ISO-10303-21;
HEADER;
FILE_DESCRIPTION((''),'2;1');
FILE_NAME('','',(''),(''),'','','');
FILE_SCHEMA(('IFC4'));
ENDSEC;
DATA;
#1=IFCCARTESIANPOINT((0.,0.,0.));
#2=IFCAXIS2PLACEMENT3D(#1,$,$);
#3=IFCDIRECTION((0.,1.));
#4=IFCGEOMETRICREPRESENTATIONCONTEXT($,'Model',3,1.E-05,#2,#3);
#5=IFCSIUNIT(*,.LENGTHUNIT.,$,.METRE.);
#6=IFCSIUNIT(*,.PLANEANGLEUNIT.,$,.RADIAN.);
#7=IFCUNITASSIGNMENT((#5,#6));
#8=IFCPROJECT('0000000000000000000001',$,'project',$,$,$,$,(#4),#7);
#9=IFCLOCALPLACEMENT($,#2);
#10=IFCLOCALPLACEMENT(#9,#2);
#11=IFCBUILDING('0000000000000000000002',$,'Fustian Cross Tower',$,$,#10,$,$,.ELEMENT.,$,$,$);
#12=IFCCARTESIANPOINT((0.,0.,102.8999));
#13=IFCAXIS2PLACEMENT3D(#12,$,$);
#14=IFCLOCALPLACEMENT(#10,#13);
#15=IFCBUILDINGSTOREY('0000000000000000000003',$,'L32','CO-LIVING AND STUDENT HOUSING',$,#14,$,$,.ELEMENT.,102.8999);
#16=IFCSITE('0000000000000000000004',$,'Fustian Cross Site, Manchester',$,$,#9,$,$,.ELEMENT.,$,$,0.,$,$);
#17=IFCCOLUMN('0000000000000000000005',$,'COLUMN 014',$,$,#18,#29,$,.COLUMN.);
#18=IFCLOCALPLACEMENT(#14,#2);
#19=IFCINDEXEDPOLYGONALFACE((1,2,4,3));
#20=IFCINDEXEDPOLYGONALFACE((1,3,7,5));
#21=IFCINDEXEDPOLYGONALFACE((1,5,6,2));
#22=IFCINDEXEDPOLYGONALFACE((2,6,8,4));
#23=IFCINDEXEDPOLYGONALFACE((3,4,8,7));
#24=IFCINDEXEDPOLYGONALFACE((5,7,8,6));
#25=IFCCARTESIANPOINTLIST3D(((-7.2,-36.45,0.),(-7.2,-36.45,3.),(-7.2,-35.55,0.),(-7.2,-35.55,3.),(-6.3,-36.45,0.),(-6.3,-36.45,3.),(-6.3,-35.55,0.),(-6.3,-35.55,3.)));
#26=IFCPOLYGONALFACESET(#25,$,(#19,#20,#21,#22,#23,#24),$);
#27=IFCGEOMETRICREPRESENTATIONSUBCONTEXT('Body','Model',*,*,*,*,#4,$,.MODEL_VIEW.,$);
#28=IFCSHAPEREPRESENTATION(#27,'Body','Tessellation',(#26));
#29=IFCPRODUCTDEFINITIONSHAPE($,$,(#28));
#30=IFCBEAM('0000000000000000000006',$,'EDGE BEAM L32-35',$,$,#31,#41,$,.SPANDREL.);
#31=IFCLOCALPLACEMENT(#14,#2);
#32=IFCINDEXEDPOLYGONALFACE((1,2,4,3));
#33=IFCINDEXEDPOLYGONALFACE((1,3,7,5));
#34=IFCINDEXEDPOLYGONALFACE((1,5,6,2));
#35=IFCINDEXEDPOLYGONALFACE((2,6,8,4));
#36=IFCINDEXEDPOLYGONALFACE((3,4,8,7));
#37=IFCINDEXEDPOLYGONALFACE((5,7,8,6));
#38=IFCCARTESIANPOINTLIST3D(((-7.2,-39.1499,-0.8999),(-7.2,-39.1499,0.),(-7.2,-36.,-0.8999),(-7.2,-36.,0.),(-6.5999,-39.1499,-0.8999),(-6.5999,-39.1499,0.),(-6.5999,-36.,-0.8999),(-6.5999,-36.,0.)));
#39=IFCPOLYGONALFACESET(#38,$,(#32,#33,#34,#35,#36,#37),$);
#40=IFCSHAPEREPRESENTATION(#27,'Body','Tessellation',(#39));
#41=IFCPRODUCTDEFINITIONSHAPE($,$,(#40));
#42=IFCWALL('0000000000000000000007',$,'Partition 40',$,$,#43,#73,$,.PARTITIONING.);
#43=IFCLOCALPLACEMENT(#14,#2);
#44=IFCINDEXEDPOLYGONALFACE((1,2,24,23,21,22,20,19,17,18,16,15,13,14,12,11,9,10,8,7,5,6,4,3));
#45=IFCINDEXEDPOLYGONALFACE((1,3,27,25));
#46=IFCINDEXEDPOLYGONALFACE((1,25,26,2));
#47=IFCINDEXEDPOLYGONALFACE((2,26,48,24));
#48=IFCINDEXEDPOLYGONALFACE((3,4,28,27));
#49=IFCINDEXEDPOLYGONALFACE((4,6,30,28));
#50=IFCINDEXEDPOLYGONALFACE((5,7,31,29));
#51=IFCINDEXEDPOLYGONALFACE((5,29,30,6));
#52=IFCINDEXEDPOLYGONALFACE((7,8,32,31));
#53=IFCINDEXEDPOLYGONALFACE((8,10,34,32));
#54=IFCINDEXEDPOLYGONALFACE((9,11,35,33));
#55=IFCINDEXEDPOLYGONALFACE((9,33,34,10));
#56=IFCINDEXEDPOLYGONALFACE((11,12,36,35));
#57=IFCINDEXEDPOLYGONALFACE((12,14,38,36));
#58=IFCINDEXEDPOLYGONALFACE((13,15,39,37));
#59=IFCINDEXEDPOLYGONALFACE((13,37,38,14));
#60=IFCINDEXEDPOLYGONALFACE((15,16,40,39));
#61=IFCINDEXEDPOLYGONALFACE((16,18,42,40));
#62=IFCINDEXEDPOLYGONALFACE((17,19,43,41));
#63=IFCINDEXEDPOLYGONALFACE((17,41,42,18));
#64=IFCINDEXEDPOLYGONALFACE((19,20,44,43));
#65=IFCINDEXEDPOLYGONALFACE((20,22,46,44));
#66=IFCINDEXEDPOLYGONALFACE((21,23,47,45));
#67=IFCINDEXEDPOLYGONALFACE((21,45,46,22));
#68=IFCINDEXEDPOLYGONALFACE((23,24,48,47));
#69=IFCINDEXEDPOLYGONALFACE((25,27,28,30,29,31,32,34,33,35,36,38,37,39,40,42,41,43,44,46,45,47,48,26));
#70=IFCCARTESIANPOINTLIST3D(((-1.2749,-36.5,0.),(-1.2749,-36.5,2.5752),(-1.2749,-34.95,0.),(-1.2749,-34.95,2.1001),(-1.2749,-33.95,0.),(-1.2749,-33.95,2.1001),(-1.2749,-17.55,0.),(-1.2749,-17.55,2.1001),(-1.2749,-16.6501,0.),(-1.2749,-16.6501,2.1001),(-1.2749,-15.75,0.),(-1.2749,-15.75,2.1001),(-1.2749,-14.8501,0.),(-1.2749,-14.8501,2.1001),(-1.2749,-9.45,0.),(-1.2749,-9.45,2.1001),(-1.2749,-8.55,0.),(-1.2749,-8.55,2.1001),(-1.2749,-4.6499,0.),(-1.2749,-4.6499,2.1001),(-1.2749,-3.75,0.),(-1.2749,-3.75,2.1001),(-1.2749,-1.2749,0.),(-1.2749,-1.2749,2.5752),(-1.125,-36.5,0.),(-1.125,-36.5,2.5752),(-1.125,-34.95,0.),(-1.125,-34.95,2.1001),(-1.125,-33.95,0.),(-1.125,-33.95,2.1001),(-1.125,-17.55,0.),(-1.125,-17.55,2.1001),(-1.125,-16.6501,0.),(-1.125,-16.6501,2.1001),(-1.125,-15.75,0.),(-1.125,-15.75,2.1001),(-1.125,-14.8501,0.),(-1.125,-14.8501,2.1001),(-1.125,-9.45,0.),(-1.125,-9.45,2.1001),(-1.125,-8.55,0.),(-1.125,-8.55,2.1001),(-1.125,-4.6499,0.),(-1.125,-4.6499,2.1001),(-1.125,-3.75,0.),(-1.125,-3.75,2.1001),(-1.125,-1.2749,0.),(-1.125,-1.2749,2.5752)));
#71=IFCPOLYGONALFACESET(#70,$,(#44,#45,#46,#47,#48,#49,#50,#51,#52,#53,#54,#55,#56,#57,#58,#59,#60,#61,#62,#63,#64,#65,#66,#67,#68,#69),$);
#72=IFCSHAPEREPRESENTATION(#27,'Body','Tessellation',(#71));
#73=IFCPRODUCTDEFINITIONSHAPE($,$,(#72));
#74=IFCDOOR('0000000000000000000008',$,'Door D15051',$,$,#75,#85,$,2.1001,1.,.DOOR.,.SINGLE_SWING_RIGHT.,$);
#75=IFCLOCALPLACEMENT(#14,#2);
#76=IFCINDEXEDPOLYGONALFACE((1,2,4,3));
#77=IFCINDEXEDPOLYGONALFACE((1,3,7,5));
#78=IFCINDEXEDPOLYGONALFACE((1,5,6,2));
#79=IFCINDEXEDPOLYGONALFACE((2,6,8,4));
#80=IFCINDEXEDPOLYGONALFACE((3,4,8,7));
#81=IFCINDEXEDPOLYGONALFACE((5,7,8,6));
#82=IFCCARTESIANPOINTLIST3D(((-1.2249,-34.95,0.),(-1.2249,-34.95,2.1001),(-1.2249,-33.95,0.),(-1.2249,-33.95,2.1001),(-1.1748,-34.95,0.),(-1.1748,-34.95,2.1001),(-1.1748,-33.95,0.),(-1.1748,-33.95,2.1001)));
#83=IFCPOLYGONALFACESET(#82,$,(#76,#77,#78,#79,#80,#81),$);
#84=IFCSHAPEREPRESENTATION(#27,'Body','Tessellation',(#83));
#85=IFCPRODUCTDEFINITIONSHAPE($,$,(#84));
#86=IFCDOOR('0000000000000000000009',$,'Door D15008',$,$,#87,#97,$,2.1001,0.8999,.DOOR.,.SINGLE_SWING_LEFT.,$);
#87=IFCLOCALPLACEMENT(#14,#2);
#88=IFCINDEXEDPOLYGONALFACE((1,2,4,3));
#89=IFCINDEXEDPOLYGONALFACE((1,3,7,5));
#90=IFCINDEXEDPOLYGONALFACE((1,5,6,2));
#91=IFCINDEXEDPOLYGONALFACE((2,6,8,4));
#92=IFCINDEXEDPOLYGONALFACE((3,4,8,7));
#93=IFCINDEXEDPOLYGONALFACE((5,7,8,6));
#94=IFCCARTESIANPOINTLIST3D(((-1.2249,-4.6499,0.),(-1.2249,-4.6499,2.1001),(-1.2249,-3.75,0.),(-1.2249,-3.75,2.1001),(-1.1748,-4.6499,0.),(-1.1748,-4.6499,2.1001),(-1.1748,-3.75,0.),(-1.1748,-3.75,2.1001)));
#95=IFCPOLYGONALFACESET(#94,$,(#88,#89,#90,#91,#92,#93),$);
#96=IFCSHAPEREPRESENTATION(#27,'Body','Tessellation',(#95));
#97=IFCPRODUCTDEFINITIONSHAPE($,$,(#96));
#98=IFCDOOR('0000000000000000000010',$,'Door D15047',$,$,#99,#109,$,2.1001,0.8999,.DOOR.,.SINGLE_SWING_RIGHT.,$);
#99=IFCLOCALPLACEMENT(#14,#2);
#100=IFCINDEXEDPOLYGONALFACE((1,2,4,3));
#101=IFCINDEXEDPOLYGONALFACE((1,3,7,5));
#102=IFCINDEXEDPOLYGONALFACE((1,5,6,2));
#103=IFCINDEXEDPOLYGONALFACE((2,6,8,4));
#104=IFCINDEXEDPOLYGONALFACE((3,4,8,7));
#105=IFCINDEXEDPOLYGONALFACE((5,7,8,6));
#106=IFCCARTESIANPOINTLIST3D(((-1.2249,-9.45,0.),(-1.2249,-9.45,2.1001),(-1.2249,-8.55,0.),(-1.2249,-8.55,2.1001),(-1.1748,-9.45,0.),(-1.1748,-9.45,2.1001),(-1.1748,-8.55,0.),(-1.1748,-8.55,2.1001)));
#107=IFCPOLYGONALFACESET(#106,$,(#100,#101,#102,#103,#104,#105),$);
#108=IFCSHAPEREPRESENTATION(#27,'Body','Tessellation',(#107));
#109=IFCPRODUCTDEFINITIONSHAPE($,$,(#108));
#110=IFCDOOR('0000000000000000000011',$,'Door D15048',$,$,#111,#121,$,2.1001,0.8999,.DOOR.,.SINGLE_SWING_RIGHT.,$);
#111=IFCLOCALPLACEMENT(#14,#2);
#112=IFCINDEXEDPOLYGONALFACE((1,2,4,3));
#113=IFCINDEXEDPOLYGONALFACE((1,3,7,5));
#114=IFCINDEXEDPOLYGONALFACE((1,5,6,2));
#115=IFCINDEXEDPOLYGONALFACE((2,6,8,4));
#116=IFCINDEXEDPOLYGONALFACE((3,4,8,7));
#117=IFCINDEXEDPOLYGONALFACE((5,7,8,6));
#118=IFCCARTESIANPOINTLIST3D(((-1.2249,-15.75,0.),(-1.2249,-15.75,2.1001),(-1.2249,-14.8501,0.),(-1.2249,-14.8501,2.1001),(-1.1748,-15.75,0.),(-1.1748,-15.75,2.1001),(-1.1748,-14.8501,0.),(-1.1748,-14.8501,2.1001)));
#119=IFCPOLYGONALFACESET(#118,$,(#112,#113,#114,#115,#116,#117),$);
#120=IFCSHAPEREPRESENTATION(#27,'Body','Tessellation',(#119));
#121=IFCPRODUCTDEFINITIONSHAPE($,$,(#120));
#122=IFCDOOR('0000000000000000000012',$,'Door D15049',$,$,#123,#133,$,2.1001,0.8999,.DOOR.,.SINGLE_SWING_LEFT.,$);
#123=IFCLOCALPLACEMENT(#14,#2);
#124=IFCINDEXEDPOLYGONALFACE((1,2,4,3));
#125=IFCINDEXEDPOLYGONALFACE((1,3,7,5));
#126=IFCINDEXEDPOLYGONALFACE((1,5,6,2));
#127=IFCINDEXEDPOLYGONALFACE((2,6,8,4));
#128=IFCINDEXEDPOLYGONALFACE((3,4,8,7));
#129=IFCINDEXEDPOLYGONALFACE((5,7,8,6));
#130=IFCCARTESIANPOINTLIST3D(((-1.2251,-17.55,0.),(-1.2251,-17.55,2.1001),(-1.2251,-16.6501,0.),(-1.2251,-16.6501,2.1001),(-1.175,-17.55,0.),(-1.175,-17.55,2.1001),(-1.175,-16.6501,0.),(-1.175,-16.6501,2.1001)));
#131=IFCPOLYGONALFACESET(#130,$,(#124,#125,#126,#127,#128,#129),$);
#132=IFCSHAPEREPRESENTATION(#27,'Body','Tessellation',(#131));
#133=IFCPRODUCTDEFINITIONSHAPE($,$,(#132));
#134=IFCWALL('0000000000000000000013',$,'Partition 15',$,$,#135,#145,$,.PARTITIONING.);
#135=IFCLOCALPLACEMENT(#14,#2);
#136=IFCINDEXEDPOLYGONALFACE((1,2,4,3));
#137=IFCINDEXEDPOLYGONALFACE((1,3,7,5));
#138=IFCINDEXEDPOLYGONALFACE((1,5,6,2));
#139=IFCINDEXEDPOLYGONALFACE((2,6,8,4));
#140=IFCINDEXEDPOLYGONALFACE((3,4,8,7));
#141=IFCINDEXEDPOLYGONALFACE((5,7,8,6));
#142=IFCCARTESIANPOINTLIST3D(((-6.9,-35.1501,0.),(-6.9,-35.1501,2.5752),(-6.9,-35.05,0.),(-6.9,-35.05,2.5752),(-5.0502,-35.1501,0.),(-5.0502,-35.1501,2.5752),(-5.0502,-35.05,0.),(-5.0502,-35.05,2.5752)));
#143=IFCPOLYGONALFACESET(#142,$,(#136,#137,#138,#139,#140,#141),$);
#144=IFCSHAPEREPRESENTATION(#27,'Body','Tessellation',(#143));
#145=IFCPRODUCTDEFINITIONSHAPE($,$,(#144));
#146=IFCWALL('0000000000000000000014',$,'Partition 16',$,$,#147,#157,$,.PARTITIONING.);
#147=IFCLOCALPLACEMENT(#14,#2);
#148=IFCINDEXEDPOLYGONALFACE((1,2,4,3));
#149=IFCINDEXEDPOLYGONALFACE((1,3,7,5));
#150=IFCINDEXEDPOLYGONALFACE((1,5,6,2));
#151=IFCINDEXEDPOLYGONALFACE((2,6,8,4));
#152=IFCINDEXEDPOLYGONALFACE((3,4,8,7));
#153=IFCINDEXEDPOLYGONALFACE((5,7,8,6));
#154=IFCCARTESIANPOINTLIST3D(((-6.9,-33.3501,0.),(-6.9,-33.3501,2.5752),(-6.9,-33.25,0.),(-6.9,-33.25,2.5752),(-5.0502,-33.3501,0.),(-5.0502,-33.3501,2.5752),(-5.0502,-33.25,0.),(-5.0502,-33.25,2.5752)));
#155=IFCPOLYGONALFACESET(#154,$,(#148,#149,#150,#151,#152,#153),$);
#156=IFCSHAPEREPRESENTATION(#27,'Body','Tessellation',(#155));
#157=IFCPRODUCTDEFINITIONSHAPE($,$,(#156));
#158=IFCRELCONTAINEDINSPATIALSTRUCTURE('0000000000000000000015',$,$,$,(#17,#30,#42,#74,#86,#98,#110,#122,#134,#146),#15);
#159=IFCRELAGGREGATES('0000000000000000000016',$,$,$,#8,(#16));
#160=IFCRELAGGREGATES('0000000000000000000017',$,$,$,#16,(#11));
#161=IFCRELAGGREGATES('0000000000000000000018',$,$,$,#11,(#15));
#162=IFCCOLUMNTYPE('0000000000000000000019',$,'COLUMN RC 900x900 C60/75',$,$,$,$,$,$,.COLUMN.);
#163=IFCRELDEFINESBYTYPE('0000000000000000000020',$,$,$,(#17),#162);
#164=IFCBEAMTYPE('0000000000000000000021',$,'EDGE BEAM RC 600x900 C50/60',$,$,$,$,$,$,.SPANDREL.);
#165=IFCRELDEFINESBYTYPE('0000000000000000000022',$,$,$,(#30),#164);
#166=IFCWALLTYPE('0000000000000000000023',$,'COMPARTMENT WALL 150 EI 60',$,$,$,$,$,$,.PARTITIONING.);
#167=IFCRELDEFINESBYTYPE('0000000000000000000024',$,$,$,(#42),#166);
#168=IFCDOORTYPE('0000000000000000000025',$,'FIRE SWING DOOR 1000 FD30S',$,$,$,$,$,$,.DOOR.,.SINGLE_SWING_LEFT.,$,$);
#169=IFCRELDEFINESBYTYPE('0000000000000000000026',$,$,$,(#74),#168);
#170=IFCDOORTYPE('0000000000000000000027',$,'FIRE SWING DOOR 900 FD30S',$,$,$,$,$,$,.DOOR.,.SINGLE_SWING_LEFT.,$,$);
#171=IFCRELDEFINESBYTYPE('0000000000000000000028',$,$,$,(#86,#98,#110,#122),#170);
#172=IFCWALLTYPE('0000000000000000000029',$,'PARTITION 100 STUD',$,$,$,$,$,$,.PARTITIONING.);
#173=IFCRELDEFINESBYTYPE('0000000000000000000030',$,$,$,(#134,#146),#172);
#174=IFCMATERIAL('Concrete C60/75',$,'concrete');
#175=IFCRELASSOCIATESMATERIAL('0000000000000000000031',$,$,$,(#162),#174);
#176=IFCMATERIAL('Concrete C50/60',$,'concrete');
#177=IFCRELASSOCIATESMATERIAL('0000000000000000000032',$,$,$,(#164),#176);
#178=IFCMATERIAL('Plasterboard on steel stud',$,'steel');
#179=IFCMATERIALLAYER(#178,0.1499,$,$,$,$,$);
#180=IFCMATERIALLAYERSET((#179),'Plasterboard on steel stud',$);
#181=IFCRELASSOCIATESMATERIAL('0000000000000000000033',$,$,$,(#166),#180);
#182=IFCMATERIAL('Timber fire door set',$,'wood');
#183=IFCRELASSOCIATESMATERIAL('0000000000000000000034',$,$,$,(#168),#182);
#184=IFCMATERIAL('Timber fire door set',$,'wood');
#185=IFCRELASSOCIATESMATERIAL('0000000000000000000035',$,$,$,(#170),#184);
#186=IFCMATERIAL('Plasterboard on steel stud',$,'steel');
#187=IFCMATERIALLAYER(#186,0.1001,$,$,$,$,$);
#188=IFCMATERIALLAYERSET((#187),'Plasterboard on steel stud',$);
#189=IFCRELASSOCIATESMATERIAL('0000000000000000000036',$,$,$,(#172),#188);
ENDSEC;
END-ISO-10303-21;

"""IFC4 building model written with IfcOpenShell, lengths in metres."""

from ifc_helpers import new_model, si_unit, direction, frame, frame_2d, origin, origin_2d, place, context, subcontext, project, spatial, rectangle, extrude, material, layer, layer_set, material_profile, profile_set, type_object, element, fill, save


model = new_model("IFC4")

# Units and contexts
model_context = context("Model", 3, precision=1e-05, world=origin(), true_north=direction((0.0, 1.0)))
body_context = subcontext(model_context, "Body", "Model", "MODEL_VIEW")
ifc_project = project(units=[si_unit("LENGTHUNIT", "METRE"), si_unit("PLANEANGLEUNIT", "RADIAN")], contexts=[model_context])

# Site, building, storey
site_placement = place(None, origin())
site = spatial("IfcSite", under=ifc_project, at=site_placement, Name="Fustian Cross Site, Manchester", CompositionType="ELEMENT", RefElevation=0.0)
building_placement = place(site_placement, origin())
building = spatial("IfcBuilding", under=site, at=building_placement, Name="Fustian Cross Tower", CompositionType="ELEMENT")
storey_placement = place(building_placement, frame((0.0, 0.0, 102.8999)))
storey = spatial("IfcBuildingStorey", under=building, at=storey_placement, Name="L32", Description="CO-LIVING AND STUDENT HOUSING", CompositionType="ELEMENT", Elevation=102.8999)

# Column
ifc_material_1 = material(Name="Concrete C60/75", Category="concrete")
ifc_material_profile_1 = material_profile(ifc_material_1, rectangle(XDim=0.8999, YDim=0.8999, at=origin_2d()), Name="RC 900x900")
ifc_profile_set_1 = profile_set([ifc_material_profile_1], Name="Concrete C60/75")
column_type = type_object("IfcColumnType", Name="COLUMN RC 900x900 C60/75", PredefinedType="COLUMN", material=ifc_profile_set_1)
column_placement = place(storey_placement, frame((-6.75, -36.0, 0.0), z_axis=(0.0, 0.0, 1.0), x_axis=(1.0, 0.0, 0.0)))
element("IfcColumn", 1, at=column_placement, inside=storey, type_object=column_type, Name="COLUMN 014", PredefinedType="COLUMN", context=body_context, shape_type="SweptSolid", body=[
    extrude(rectangle(XDim=0.8999, YDim=0.8999, at=origin_2d()), origin(), (0.0, 0.0, 1.0), 3.0),
])

# Beam
ifc_material_2 = material(Name="Concrete C50/60", Category="concrete")
ifc_material_profile_2 = material_profile(ifc_material_2, rectangle(XDim=0.6001, YDim=0.8999, at=origin_2d()), Name="RC 600x900")
ifc_profile_set_2 = profile_set([ifc_material_profile_2], Name="Concrete C50/60")
beam_type = type_object("IfcBeamType", Name="EDGE BEAM RC 600x900 C50/60", PredefinedType="SPANDREL", material=ifc_profile_set_2)
beam_placement = place(storey_placement, frame((-6.8999, -36.0, -0.45), z_axis=(0.0, -1.0, 0.0), x_axis=(1.0, 0.0, 0.0)))
element("IfcBeam", 2, at=beam_placement, inside=storey, type_object=beam_type, Name="EDGE BEAM L32-35", PredefinedType="SPANDREL", context=body_context, shape_type="SweptSolid", body=[
    extrude(rectangle(XDim=0.6001, YDim=0.8999, at=origin_2d()), origin(), (0.0, 0.0, 1.0), 3.1499),
])

# Wall, openings, doors
ifc_material_3 = material(Name="Plasterboard on steel stud", Category="steel")
ifc_layer_1 = layer(ifc_material_3, 0.1499)
ifc_layer_set_1 = layer_set([ifc_layer_1], Name="Plasterboard on steel stud")
wall_type_1 = type_object("IfcWallType", Name="COMPARTMENT WALL 150 EI 60", PredefinedType="PARTITIONING", material=ifc_layer_set_1)
wall_1_placement = place(storey_placement, frame((-1.2, -36.5, 0.0), z_axis=(0.0, 0.0, 1.0), x_axis=(0.0, 1.0, 0.0)))
wall_1 = element("IfcWall", 3, at=wall_1_placement, inside=storey, type_object=wall_type_1, Name="Partition 40", PredefinedType="PARTITIONING", context=body_context, shape_type="SweptSolid", body=[
    extrude(rectangle(XDim=35.2251, YDim=0.1499, at=frame_2d((17.6125, 0.0))), origin(), (0.0, 0.0, 1.0), 2.5752),
])
opening_1_placement = place(wall_1_placement, frame((31.8501, 0.0, 0.0)))
opening_1 = element("IfcOpeningElement", 4, at=opening_1_placement, cuts=wall_1, PredefinedType="OPENING", context=body_context, shape_type="SweptSolid", body=[
    extrude(rectangle(XDim=0.8999, YDim=2.1001, at=frame_2d((0.45, 1.05))), frame((0.0, 0.085, 0.0), z_axis=(0.0, -1.0, 0.0), x_axis=(1.0, 0.0, 0.0)), (0.0, 0.0, 1.0), 0.1699),
])
opening_2_placement = place(wall_1_placement, frame((27.05, 0.0, 0.0)))
opening_2 = element("IfcOpeningElement", 5, at=opening_2_placement, cuts=wall_1, PredefinedType="OPENING", context=body_context, shape_type="SweptSolid", body=[
    extrude(rectangle(XDim=0.8999, YDim=2.1001, at=frame_2d((0.45, 1.05))), frame((0.0, 0.085, 0.0), z_axis=(0.0, -1.0, 0.0), x_axis=(1.0, 0.0, 0.0)), (0.0, 0.0, 1.0), 0.1699),
])
opening_3_placement = place(wall_1_placement, frame((20.75, 0.0, 0.0)))
opening_3 = element("IfcOpeningElement", 6, at=opening_3_placement, cuts=wall_1, PredefinedType="OPENING", context=body_context, shape_type="SweptSolid", body=[
    extrude(rectangle(XDim=0.8999, YDim=2.1001, at=frame_2d((0.45, 1.05))), frame((0.0, 0.085, 0.0), z_axis=(0.0, -1.0, 0.0), x_axis=(1.0, 0.0, 0.0)), (0.0, 0.0, 1.0), 0.1699),
])
opening_4_placement = place(wall_1_placement, frame((18.95, 0.0, 0.0)))
opening_4 = element("IfcOpeningElement", 7, at=opening_4_placement, cuts=wall_1, PredefinedType="OPENING", context=body_context, shape_type="SweptSolid", body=[
    extrude(rectangle(XDim=0.8999, YDim=2.1001, at=frame_2d((0.45, 1.05))), frame((0.0, 0.085, 0.0), z_axis=(0.0, -1.0, 0.0), x_axis=(1.0, 0.0, 0.0)), (0.0, 0.0, 1.0), 0.1699),
])
opening_5_placement = place(wall_1_placement, frame((1.55, 0.0, 0.0)))
opening_5 = element("IfcOpeningElement", 8, at=opening_5_placement, cuts=wall_1, PredefinedType="OPENING", context=body_context, shape_type="SweptSolid", body=[
    extrude(rectangle(XDim=1.0, YDim=2.1001, at=frame_2d((0.5, 1.05))), frame((0.0, 0.085, 0.0), z_axis=(0.0, -1.0, 0.0), x_axis=(1.0, 0.0, 0.0)), (0.0, 0.0, 1.0), 0.1699),
])
ifc_material_4 = material(Name="Timber fire door set", Category="wood")
door_type_1 = type_object("IfcDoorType", Name="FIRE SWING DOOR 1000 FD30S", OperationType="SINGLE_SWING_LEFT", PredefinedType="DOOR", material=ifc_material_4)
door_1_placement = place(opening_5_placement, origin())
door_1 = element("IfcDoor", 9, at=door_1_placement, inside=storey, type_object=door_type_1, Name="Door D15051", OperationType="SINGLE_SWING_RIGHT", OverallHeight=2.1001, OverallWidth=1.0, PredefinedType="DOOR", context=body_context, shape_type="SweptSolid", body=[
    extrude(rectangle(XDim=1.0, YDim=2.1001, at=frame_2d((0.5, 1.05))), frame((0.0, 0.0249, 0.0), z_axis=(0.0, -1.0, 0.0), x_axis=(1.0, 0.0, 0.0)), (0.0, 0.0, 1.0), 0.05),
])
fill(opening_5, door_1)
ifc_material_5 = material(Name="Timber fire door set", Category="wood")
door_type_2 = type_object("IfcDoorType", Name="FIRE SWING DOOR 900 FD30S", OperationType="SINGLE_SWING_LEFT", PredefinedType="DOOR", material=ifc_material_5)
door_2_placement = place(opening_1_placement, origin())
door_2 = element("IfcDoor", 10, at=door_2_placement, inside=storey, type_object=door_type_2, Name="Door D15008", OperationType="SINGLE_SWING_LEFT", OverallHeight=2.1001, OverallWidth=0.8999, PredefinedType="DOOR", context=body_context, shape_type="SweptSolid", body=[
    extrude(rectangle(XDim=0.8999, YDim=2.1001, at=frame_2d((0.45, 1.05))), frame((0.0, 0.0249, 0.0), z_axis=(0.0, -1.0, 0.0), x_axis=(1.0, 0.0, 0.0)), (0.0, 0.0, 1.0), 0.05),
])
fill(opening_1, door_2)
door_3_placement = place(opening_2_placement, origin())
door_3 = element("IfcDoor", 11, at=door_3_placement, inside=storey, type_object=door_type_2, Name="Door D15047", OperationType="SINGLE_SWING_RIGHT", OverallHeight=2.1001, OverallWidth=0.8999, PredefinedType="DOOR", context=body_context, shape_type="SweptSolid", body=[
    extrude(rectangle(XDim=0.8999, YDim=2.1001, at=frame_2d((0.45, 1.05))), frame((0.0, 0.0249, 0.0), z_axis=(0.0, -1.0, 0.0), x_axis=(1.0, 0.0, 0.0)), (0.0, 0.0, 1.0), 0.05),
])
fill(opening_2, door_3)
door_4_placement = place(opening_3_placement, origin())
door_4 = element("IfcDoor", 12, at=door_4_placement, inside=storey, type_object=door_type_2, Name="Door D15048", OperationType="SINGLE_SWING_RIGHT", OverallHeight=2.1001, OverallWidth=0.8999, PredefinedType="DOOR", context=body_context, shape_type="SweptSolid", body=[
    extrude(rectangle(XDim=0.8999, YDim=2.1001, at=frame_2d((0.45, 1.05))), frame((0.0, 0.0249, 0.0), z_axis=(0.0, -1.0, 0.0), x_axis=(1.0, 0.0, 0.0)), (0.0, 0.0, 1.0), 0.05),
])
fill(opening_3, door_4)
door_5_placement = place(opening_4_placement, frame((0.8999, 0.0, 0.0), z_axis=(0.0, 0.0, 1.0), x_axis=(-1.0, 0.0, 0.0)))
door_5 = element("IfcDoor", 13, at=door_5_placement, inside=storey, type_object=door_type_2, Name="Door D15049", OperationType="SINGLE_SWING_LEFT", OverallHeight=2.1001, OverallWidth=0.8999, PredefinedType="DOOR", context=body_context, shape_type="SweptSolid", body=[
    extrude(rectangle(XDim=0.8999, YDim=2.1001, at=frame_2d((0.45, 1.05))), frame((0.0, 0.0249, 0.0), z_axis=(0.0, -1.0, 0.0), x_axis=(1.0, 0.0, 0.0)), (0.0, 0.0, 1.0), 0.05),
])
fill(opening_4, door_5)

# Walls
ifc_material_6 = material(Name="Plasterboard on steel stud", Category="steel")
ifc_layer_2 = layer(ifc_material_6, 0.1001)
ifc_layer_set_2 = layer_set([ifc_layer_2], Name="Plasterboard on steel stud")
wall_type_2 = type_object("IfcWallType", Name="PARTITION 100 STUD", PredefinedType="PARTITIONING", material=ifc_layer_set_2)
for number, where, z_axis, x_axis, name in (
    (14, (-6.8999, -35.1001, 0.0), (0.0, 0.0, 1.0), (1.0, 0.0, 0.0), "Partition 15"),
    (15, (-6.8999, -33.3, 0.0), (0.0, 0.0, 1.0), (1.0, 0.0, 0.0), "Partition 16"),
):
    element("IfcWall", number, at=place(storey_placement, frame(where, z_axis=z_axis, x_axis=x_axis)), inside=storey, type_object=wall_type_2, Name=name, PredefinedType="PARTITIONING", context=body_context, shape_type="SweptSolid", body=[
        extrude(rectangle(XDim=1.8499, YDim=0.1001, at=frame_2d((0.9248, 0.0))), origin(), (0.0, 0.0, 1.0), 2.5752),
    ])

save(model, "model.ifc")
